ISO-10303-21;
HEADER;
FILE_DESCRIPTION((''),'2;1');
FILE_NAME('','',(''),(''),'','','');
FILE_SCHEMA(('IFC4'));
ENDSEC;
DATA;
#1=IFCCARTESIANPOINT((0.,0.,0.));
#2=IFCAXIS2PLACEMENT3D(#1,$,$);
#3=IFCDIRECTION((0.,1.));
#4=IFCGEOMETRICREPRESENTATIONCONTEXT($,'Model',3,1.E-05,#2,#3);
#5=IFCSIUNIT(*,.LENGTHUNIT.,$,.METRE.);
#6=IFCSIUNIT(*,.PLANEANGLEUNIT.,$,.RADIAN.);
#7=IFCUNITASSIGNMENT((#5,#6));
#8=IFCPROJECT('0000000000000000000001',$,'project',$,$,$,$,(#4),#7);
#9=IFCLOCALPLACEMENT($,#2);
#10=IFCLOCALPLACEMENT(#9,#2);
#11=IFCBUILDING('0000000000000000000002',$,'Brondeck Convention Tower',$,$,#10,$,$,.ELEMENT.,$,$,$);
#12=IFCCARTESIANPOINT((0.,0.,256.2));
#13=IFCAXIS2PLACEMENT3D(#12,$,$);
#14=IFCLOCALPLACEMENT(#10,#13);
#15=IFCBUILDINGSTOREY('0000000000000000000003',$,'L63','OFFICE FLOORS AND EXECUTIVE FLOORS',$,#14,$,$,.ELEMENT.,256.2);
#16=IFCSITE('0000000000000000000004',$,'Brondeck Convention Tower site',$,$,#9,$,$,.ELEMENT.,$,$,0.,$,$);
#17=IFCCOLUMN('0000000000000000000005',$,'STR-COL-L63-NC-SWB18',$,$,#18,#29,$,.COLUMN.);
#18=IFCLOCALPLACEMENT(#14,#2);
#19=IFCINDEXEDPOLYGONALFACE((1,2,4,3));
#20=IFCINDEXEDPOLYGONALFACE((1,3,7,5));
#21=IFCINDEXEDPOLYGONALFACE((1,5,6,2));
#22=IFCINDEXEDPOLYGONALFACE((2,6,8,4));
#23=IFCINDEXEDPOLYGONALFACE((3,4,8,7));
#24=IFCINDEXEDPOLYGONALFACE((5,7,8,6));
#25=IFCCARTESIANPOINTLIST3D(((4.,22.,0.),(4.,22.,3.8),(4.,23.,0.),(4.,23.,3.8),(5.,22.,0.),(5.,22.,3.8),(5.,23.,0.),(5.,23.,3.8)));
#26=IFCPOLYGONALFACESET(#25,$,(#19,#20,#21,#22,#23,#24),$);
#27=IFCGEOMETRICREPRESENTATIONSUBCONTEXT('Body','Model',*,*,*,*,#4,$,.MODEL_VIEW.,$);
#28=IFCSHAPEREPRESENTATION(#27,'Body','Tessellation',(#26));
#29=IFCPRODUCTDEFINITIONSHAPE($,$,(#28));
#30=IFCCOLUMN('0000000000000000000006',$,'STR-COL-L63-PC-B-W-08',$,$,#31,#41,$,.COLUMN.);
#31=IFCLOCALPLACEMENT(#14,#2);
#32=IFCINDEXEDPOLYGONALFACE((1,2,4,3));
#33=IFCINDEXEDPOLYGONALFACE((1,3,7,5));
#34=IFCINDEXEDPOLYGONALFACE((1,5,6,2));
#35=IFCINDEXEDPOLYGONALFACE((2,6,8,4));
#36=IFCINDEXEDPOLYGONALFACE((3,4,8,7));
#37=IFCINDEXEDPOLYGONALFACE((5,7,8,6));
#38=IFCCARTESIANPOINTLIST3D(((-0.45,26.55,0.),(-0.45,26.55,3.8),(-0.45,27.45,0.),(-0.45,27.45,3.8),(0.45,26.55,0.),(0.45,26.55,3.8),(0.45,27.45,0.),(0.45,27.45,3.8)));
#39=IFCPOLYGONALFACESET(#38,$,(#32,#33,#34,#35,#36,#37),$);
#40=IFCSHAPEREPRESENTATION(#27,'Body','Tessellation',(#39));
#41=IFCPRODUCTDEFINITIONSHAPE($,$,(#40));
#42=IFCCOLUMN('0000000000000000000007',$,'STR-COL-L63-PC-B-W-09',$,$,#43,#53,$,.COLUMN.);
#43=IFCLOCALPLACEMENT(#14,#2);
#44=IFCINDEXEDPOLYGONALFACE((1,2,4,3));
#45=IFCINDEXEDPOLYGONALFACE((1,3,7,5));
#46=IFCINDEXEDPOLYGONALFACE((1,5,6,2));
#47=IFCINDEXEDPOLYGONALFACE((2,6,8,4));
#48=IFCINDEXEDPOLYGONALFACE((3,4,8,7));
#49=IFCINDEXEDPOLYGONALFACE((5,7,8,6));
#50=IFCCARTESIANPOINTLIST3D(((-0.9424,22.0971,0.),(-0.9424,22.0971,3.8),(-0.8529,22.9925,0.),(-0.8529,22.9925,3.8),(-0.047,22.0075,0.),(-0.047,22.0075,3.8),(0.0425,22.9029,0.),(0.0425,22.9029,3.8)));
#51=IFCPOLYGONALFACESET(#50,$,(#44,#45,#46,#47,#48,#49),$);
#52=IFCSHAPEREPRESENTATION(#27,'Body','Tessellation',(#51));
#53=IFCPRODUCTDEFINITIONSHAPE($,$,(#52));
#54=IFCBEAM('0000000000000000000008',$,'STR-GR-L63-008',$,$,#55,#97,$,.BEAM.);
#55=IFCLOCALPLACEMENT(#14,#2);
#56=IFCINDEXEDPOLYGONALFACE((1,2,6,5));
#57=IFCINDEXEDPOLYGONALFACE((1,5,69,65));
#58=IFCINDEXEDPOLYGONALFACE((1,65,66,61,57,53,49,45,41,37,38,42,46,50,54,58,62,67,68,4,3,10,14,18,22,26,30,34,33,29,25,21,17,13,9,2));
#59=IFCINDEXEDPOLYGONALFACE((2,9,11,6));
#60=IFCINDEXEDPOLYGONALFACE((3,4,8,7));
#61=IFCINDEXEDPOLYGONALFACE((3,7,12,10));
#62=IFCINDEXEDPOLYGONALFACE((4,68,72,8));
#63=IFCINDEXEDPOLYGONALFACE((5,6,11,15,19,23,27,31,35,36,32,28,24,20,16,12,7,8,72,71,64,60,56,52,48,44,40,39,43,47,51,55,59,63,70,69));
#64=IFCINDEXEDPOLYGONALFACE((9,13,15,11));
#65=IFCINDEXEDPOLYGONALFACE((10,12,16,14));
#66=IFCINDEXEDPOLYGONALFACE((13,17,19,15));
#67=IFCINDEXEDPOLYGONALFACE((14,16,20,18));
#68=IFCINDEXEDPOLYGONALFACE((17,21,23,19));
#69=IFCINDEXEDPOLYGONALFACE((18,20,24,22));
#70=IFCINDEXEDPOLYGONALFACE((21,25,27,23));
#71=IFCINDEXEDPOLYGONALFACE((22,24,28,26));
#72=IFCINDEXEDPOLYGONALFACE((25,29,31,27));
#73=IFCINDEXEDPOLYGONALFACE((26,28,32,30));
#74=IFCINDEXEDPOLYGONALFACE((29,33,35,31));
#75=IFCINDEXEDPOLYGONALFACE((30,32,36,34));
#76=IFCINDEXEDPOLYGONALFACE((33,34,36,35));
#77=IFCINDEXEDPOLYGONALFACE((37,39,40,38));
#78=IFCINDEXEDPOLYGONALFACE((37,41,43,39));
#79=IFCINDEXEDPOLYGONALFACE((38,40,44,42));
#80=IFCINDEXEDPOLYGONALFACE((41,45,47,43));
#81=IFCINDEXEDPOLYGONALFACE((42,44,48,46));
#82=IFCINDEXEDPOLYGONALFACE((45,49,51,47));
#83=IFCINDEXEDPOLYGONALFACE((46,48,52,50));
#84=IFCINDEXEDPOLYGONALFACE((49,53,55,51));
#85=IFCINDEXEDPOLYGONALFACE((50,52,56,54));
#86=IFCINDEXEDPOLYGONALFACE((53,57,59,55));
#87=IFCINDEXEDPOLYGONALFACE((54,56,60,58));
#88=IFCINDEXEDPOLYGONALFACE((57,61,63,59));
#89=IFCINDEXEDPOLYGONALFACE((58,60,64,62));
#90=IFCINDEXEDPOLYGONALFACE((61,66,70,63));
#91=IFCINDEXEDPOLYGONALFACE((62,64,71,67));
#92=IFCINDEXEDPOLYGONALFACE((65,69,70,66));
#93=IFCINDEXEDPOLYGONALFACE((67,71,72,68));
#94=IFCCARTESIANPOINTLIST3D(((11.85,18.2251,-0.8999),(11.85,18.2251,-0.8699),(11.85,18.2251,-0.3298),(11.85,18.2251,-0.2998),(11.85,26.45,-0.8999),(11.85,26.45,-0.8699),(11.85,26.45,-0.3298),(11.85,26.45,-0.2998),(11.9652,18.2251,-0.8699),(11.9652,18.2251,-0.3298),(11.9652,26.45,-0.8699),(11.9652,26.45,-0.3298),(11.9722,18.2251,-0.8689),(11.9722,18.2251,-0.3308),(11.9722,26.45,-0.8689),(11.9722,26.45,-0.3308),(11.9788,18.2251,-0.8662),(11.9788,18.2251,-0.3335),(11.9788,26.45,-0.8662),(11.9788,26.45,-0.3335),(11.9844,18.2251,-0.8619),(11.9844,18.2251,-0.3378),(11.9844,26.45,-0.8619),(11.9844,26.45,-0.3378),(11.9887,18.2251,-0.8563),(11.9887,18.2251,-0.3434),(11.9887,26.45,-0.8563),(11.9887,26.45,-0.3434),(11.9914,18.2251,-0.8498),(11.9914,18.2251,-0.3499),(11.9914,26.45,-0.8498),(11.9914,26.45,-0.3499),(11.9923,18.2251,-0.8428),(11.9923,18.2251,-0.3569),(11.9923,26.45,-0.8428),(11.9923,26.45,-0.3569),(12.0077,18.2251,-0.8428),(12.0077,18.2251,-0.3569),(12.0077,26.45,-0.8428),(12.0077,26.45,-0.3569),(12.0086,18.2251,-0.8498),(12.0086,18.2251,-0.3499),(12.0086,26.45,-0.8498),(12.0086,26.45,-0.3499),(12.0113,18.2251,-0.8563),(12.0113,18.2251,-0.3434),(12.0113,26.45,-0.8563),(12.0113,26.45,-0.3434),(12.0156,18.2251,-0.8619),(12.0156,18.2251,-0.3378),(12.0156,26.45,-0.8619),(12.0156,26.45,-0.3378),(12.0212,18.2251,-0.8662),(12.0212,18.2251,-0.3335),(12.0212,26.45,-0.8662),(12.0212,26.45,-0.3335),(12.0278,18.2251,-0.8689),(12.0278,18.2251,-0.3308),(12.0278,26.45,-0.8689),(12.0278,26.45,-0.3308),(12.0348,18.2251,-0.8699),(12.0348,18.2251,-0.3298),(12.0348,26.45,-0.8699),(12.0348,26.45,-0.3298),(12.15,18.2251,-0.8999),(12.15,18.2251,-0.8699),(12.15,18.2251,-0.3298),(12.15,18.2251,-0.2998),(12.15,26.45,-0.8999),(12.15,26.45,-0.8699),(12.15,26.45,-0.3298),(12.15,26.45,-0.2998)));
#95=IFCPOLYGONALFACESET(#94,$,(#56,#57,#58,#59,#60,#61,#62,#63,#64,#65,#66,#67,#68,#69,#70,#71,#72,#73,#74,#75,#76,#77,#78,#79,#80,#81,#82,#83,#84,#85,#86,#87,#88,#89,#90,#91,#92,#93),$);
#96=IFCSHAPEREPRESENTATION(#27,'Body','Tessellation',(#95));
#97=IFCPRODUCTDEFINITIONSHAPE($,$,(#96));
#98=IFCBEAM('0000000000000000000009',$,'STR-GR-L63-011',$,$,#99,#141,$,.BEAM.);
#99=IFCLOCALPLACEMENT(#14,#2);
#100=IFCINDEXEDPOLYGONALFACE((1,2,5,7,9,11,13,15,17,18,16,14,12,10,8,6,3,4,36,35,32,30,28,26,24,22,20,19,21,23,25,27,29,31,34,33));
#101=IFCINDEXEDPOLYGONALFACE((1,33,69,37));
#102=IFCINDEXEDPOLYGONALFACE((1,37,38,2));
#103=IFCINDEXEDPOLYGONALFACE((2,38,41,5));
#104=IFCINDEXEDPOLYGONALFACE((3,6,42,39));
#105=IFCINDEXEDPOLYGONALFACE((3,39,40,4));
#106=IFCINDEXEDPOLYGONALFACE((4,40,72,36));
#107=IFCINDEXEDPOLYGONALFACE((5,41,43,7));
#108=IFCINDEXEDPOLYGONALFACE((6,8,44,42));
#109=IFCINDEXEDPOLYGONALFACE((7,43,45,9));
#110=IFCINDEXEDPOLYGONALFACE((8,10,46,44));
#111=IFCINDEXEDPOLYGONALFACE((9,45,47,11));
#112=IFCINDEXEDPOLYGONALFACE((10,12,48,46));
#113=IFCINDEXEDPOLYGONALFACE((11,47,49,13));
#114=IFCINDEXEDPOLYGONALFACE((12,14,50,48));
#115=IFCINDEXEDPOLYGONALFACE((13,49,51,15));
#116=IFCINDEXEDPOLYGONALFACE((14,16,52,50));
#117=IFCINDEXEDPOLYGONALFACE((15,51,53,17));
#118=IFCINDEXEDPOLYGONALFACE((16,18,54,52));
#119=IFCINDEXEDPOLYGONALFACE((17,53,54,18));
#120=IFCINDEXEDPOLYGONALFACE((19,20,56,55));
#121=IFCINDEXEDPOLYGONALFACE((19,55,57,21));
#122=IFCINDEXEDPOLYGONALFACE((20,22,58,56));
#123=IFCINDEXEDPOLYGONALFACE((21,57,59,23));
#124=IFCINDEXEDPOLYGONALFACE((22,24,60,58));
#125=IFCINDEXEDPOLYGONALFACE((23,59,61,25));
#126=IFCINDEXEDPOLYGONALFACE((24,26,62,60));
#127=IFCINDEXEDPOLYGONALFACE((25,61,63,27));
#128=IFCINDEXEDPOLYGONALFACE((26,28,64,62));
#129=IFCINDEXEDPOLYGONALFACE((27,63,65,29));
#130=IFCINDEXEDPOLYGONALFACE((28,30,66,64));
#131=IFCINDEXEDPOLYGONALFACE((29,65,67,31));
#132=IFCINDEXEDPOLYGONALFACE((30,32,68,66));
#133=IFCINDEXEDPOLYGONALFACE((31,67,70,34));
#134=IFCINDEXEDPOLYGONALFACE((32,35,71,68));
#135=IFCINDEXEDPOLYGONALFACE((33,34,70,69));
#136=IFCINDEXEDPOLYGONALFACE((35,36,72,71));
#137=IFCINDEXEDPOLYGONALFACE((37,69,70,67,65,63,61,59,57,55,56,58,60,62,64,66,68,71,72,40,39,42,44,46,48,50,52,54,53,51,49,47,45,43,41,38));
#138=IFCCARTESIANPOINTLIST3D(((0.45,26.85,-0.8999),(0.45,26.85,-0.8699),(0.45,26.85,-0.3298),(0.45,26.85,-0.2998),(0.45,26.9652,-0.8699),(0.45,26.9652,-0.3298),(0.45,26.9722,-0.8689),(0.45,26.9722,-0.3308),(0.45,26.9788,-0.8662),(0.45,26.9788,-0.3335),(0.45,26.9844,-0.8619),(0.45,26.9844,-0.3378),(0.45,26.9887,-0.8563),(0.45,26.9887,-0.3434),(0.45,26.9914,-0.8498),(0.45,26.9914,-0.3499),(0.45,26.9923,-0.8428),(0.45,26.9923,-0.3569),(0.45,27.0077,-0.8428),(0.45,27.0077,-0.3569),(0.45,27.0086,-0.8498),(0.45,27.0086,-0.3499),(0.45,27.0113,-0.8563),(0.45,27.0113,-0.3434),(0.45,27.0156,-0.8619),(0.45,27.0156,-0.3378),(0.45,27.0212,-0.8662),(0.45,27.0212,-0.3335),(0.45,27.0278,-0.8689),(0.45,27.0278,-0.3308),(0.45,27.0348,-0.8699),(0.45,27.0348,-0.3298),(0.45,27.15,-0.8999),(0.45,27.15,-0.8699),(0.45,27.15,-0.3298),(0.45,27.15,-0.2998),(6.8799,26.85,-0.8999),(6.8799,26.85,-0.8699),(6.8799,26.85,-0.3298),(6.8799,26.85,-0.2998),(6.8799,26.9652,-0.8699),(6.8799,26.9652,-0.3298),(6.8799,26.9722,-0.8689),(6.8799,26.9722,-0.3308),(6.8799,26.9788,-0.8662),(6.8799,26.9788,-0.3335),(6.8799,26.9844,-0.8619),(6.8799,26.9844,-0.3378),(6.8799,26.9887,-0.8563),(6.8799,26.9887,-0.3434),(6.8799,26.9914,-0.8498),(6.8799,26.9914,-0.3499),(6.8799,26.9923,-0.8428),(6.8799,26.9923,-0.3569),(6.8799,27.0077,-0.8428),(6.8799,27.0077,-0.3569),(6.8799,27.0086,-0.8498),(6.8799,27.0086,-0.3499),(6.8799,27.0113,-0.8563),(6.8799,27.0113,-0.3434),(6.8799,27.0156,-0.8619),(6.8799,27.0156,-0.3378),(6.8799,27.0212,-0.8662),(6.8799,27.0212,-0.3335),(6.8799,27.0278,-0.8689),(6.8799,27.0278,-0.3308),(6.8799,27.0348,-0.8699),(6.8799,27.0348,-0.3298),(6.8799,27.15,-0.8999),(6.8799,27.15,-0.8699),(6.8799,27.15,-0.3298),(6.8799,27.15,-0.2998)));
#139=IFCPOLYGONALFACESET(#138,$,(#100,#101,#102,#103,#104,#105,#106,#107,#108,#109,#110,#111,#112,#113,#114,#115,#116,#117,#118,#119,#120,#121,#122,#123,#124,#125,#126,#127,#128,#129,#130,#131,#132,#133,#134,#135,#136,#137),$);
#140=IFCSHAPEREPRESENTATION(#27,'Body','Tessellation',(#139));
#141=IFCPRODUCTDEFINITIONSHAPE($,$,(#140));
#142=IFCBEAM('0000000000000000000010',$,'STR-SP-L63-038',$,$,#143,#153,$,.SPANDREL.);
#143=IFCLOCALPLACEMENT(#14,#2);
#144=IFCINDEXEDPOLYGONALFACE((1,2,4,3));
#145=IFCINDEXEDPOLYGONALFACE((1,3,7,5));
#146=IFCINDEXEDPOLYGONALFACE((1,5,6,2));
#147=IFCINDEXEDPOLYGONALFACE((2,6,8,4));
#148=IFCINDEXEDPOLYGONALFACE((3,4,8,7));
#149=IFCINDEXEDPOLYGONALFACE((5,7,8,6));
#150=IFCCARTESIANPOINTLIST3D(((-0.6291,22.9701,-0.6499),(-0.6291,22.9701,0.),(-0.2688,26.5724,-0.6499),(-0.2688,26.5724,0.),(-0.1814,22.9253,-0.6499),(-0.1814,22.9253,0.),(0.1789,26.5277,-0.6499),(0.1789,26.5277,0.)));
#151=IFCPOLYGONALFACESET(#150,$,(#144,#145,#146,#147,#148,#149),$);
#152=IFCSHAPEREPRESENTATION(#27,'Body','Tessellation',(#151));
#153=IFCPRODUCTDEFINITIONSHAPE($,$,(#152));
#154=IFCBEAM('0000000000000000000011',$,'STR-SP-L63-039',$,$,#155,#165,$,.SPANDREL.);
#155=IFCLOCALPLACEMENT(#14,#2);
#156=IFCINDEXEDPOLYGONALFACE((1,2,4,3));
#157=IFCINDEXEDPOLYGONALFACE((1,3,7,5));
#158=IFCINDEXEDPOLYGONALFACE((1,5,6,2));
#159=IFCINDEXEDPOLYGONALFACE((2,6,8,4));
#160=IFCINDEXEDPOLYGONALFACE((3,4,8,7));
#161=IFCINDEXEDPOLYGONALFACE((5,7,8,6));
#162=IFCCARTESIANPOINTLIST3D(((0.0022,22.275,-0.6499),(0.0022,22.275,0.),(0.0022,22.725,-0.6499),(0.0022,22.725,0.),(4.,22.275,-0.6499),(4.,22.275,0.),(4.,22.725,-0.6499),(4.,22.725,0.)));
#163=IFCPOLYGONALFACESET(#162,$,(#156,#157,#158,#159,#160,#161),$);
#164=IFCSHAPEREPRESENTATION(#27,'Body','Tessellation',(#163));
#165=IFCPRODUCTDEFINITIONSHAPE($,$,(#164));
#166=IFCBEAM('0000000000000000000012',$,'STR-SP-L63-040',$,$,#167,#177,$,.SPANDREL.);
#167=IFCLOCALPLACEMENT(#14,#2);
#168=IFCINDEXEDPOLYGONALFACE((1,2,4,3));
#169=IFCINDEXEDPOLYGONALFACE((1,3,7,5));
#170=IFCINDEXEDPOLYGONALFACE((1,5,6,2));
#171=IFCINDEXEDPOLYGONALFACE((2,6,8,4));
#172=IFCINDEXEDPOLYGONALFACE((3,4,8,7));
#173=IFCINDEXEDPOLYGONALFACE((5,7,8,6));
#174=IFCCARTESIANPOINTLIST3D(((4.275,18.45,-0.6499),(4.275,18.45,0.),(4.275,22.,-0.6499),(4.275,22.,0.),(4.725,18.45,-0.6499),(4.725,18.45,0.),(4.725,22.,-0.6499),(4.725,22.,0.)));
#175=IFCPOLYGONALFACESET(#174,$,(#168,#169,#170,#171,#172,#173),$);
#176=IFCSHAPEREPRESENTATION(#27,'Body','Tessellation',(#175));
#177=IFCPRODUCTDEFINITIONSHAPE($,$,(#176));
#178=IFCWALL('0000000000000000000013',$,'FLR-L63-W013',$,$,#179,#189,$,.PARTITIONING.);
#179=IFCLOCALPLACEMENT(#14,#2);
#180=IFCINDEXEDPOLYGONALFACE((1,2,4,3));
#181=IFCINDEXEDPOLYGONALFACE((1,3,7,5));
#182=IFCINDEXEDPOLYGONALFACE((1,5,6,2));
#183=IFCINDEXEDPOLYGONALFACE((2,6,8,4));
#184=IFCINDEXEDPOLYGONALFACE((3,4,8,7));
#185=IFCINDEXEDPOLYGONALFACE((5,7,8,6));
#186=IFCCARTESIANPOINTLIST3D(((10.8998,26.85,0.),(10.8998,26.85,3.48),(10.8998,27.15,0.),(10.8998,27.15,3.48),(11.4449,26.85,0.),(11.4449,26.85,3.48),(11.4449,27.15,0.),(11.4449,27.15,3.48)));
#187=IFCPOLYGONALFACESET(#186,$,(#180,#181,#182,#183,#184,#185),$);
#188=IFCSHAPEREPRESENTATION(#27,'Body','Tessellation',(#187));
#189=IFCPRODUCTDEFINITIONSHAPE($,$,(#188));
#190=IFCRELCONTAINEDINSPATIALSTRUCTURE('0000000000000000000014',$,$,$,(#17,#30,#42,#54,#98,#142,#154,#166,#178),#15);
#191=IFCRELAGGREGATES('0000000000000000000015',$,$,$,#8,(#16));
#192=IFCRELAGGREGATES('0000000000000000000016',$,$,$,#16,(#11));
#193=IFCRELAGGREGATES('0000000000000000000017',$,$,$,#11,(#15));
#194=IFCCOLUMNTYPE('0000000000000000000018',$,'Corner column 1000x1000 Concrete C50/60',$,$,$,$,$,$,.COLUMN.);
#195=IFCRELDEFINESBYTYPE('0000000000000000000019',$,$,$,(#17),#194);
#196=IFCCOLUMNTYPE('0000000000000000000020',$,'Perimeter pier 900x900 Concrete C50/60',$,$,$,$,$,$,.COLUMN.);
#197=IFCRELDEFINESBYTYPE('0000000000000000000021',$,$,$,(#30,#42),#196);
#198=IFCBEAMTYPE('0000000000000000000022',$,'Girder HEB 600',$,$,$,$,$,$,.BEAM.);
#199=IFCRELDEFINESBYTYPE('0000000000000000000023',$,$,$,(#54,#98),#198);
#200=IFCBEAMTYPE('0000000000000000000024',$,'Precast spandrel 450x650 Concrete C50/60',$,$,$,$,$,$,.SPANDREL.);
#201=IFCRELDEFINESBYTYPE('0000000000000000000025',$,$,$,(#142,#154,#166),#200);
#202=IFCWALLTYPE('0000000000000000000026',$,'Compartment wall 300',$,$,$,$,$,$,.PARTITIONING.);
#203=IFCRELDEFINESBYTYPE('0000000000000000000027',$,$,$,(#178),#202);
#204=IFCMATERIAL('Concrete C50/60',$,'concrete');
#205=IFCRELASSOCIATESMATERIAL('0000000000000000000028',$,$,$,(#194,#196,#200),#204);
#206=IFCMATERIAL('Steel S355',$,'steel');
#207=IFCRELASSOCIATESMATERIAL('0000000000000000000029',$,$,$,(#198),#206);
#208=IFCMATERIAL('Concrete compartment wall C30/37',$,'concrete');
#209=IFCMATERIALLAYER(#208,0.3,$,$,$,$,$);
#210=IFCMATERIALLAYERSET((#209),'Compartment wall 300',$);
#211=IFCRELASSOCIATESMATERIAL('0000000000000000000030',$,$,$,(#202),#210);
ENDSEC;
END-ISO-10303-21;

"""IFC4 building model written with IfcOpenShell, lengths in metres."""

from ifc_helpers import new_model, si_unit, direction, frame, frame_2d, origin, origin_2d, place, context, subcontext, project, spatial, rectangle, i_section, extrude, material, layer, layer_set, material_profile, profile_set, type_object, element, save


model = new_model("IFC4")

# Units and contexts
model_context = context("Model", 3, precision=1e-05, world=origin(), true_north=direction((0.0, 1.0)))
body_context = subcontext(model_context, "Body", "Model", "MODEL_VIEW")
ifc_project = project(units=[si_unit("LENGTHUNIT", "METRE"), si_unit("PLANEANGLEUNIT", "RADIAN")], contexts=[model_context])

# Site, building, storey
site_placement = place(None, origin())
site = spatial("IfcSite", under=ifc_project, at=site_placement, Name="Brondeck Convention Tower site", CompositionType="ELEMENT", RefElevation=0.0)
building_placement = place(site_placement, origin())
building = spatial("IfcBuilding", under=site, at=building_placement, Name="Brondeck Convention Tower", CompositionType="ELEMENT")
storey_placement = place(building_placement, frame((0.0, 0.0, 256.2)))
storey = spatial("IfcBuildingStorey", under=building, at=storey_placement, Name="L63", Description="OFFICE FLOORS AND EXECUTIVE FLOORS", CompositionType="ELEMENT", Elevation=256.2)

# Columns
ifc_material_1 = material(Name="Concrete C50/60", Category="concrete")
ifc_material_profile_1 = material_profile(ifc_material_1, rectangle(XDim=1.0, YDim=1.0, at=origin_2d()), Name="Corner column 1000x1000 Concrete C50/60")
ifc_profile_set_1 = profile_set([ifc_material_profile_1], Name="Concrete C50/60")
column_type_1 = type_object("IfcColumnType", Name="Corner column 1000x1000 Concrete C50/60", PredefinedType="COLUMN", material=ifc_profile_set_1)
column_placement = place(storey_placement, frame((4.5, 22.5, 0.0), z_axis=(0.0, 0.0, 1.0), x_axis=(1.0, 0.0, 0.0)))
element("IfcColumn", 1, at=column_placement, inside=storey, type_object=column_type_1, Name="STR-COL-L63-NC-SWB18", PredefinedType="COLUMN", context=body_context, shape_type="SweptSolid", body=[
    extrude(rectangle(XDim=1.0, YDim=1.0, at=origin_2d()), origin(), (0.0, 0.0, 1.0), 3.8),
])
ifc_material_profile_2 = material_profile(ifc_material_1, rectangle(XDim=0.8999, YDim=0.8999, at=origin_2d()), Name="Perimeter pier 900x900 Concrete C50/60")
ifc_profile_set_2 = profile_set([ifc_material_profile_2], Name="Concrete C50/60")
column_type_2 = type_object("IfcColumnType", Name="Perimeter pier 900x900 Concrete C50/60", PredefinedType="COLUMN", material=ifc_profile_set_2)
for number, where, z_axis, x_axis, name in (
    (2, (0.0, 27.0, 0.0), (0.0, 0.0, 1.0), (0.0, -1.0, 0.0), "STR-COL-L63-PC-B-W-08"),
    (3, (-0.45, 22.5, 0.0), (0.0, 0.0, 1.0), (-0.099504, -0.995037, 0.0), "STR-COL-L63-PC-B-W-09"),
):
    element("IfcColumn", number, at=place(storey_placement, frame(where, z_axis=z_axis, x_axis=x_axis)), inside=storey, type_object=column_type_2, Name=name, PredefinedType="COLUMN", context=body_context, shape_type="SweptSolid", body=[
        extrude(rectangle(XDim=0.8999, YDim=0.8999, at=origin_2d()), origin(), (0.0, 0.0, 1.0), 3.8),
    ])

# Beams
ifc_material_2 = material(Name="Steel S355", Category="steel")
ifc_material_profile_3 = material_profile(ifc_material_2, i_section(OverallWidth=0.3, OverallDepth=0.6001, WebThickness=0.0154, FlangeThickness=0.03, FilletRadius=0.0271, at=origin_2d()), Name="HEB 600")
ifc_profile_set_3 = profile_set([ifc_material_profile_3], Name="Steel S355")
beam_type_1 = type_object("IfcBeamType", Name="Girder HEB 600", PredefinedType="BEAM", material=ifc_profile_set_3)
beam_1_placement = place(storey_placement, frame((12.0, 26.45, -0.5999), z_axis=(0.0, -1.0, 0.0), x_axis=(1.0, 0.0, 0.0)))
element("IfcBeam", 4, at=beam_1_placement, inside=storey, type_object=beam_type_1, Name="STR-GR-L63-008", PredefinedType="BEAM", context=body_context, shape_type="SweptSolid", body=[
    extrude(i_section(OverallWidth=0.3, OverallDepth=0.6001, WebThickness=0.0154, FlangeThickness=0.03, FilletRadius=0.0271, at=origin_2d()), origin(), (0.0, 0.0, 1.0), 8.2249),
])
beam_2_placement = place(storey_placement, frame((0.45, 27.0, -0.5999), z_axis=(1.0, 0.0, 0.0), x_axis=(0.0, 1.0, 0.0)))
element("IfcBeam", 5, at=beam_2_placement, inside=storey, type_object=beam_type_1, Name="STR-GR-L63-011", PredefinedType="BEAM", context=body_context, shape_type="SweptSolid", body=[
    extrude(i_section(OverallWidth=0.3, OverallDepth=0.6001, WebThickness=0.0154, FlangeThickness=0.03, FilletRadius=0.0271, at=origin_2d()), origin(), (0.0, 0.0, 1.0), 6.4299),
])
ifc_material_profile_4 = material_profile(ifc_material_1, rectangle(XDim=0.45, YDim=0.6499, at=origin_2d()), Name="Precast spandrel 450x650 Concrete C50/60")
ifc_profile_set_4 = profile_set([ifc_material_profile_4], Name="Concrete C50/60")
beam_type_2 = type_object("IfcBeamType", Name="Precast spandrel 450x650 Concrete C50/60", PredefinedType="SPANDREL", material=ifc_profile_set_4)
beam_3_placement = place(storey_placement, frame((-0.0449, 26.55, -0.325), z_axis=(-0.099537, -0.995034, 0.0), x_axis=(0.995034, -0.099537, 0.0)))
element("IfcBeam", 6, at=beam_3_placement, inside=storey, type_object=beam_type_2, Name="STR-SP-L63-038", PredefinedType="SPANDREL", context=body_context, shape_type="SweptSolid", body=[
    extrude(rectangle(XDim=0.45, YDim=0.6499, at=origin_2d()), origin(), (0.0, 0.0, 1.0), 3.6204),
])
beam_4_placement = place(storey_placement, frame((0.0022, 22.5, -0.325), z_axis=(1.0, 0.0, 0.0), x_axis=(0.0, 1.0, 0.0)))
element("IfcBeam", 7, at=beam_4_placement, inside=storey, type_object=beam_type_2, Name="STR-SP-L63-039", PredefinedType="SPANDREL", context=body_context, shape_type="SweptSolid", body=[
    extrude(rectangle(XDim=0.45, YDim=0.6499, at=origin_2d()), origin(), (0.0, 0.0, 1.0), 3.9978),
])
beam_5_placement = place(storey_placement, frame((4.5, 22.0, -0.325), z_axis=(0.0, -1.0, 0.0), x_axis=(1.0, 0.0, 0.0)))
element("IfcBeam", 8, at=beam_5_placement, inside=storey, type_object=beam_type_2, Name="STR-SP-L63-040", PredefinedType="SPANDREL", context=body_context, shape_type="SweptSolid", body=[
    extrude(rectangle(XDim=0.45, YDim=0.6499, at=origin_2d()), origin(), (0.0, 0.0, 1.0), 3.55),
])

# Wall
ifc_material_3 = material(Name="Concrete compartment wall C30/37", Category="concrete")
ifc_layer_1 = layer(ifc_material_3, 0.3)
ifc_layer_set_1 = layer_set([ifc_layer_1], Name="Compartment wall 300")
wall_type_1 = type_object("IfcWallType", Name="Compartment wall 300", PredefinedType="PARTITIONING", material=ifc_layer_set_1)
wall_1_placement = place(storey_placement, frame((10.8999, 27.0, 0.0), z_axis=(0.0, 0.0, 1.0), x_axis=(1.0, 0.0, 0.0)))
element("IfcWall", 9, at=wall_1_placement, inside=storey, type_object=wall_type_1, Name="FLR-L63-W013", PredefinedType="PARTITIONING", context=body_context, shape_type="SweptSolid", body=[
    extrude(rectangle(XDim=0.5452, YDim=0.3, at=frame_2d((0.2725, 0.0))), origin(), (0.0, 0.0, 1.0), 3.48),
])

save(model, "model.ifc")
